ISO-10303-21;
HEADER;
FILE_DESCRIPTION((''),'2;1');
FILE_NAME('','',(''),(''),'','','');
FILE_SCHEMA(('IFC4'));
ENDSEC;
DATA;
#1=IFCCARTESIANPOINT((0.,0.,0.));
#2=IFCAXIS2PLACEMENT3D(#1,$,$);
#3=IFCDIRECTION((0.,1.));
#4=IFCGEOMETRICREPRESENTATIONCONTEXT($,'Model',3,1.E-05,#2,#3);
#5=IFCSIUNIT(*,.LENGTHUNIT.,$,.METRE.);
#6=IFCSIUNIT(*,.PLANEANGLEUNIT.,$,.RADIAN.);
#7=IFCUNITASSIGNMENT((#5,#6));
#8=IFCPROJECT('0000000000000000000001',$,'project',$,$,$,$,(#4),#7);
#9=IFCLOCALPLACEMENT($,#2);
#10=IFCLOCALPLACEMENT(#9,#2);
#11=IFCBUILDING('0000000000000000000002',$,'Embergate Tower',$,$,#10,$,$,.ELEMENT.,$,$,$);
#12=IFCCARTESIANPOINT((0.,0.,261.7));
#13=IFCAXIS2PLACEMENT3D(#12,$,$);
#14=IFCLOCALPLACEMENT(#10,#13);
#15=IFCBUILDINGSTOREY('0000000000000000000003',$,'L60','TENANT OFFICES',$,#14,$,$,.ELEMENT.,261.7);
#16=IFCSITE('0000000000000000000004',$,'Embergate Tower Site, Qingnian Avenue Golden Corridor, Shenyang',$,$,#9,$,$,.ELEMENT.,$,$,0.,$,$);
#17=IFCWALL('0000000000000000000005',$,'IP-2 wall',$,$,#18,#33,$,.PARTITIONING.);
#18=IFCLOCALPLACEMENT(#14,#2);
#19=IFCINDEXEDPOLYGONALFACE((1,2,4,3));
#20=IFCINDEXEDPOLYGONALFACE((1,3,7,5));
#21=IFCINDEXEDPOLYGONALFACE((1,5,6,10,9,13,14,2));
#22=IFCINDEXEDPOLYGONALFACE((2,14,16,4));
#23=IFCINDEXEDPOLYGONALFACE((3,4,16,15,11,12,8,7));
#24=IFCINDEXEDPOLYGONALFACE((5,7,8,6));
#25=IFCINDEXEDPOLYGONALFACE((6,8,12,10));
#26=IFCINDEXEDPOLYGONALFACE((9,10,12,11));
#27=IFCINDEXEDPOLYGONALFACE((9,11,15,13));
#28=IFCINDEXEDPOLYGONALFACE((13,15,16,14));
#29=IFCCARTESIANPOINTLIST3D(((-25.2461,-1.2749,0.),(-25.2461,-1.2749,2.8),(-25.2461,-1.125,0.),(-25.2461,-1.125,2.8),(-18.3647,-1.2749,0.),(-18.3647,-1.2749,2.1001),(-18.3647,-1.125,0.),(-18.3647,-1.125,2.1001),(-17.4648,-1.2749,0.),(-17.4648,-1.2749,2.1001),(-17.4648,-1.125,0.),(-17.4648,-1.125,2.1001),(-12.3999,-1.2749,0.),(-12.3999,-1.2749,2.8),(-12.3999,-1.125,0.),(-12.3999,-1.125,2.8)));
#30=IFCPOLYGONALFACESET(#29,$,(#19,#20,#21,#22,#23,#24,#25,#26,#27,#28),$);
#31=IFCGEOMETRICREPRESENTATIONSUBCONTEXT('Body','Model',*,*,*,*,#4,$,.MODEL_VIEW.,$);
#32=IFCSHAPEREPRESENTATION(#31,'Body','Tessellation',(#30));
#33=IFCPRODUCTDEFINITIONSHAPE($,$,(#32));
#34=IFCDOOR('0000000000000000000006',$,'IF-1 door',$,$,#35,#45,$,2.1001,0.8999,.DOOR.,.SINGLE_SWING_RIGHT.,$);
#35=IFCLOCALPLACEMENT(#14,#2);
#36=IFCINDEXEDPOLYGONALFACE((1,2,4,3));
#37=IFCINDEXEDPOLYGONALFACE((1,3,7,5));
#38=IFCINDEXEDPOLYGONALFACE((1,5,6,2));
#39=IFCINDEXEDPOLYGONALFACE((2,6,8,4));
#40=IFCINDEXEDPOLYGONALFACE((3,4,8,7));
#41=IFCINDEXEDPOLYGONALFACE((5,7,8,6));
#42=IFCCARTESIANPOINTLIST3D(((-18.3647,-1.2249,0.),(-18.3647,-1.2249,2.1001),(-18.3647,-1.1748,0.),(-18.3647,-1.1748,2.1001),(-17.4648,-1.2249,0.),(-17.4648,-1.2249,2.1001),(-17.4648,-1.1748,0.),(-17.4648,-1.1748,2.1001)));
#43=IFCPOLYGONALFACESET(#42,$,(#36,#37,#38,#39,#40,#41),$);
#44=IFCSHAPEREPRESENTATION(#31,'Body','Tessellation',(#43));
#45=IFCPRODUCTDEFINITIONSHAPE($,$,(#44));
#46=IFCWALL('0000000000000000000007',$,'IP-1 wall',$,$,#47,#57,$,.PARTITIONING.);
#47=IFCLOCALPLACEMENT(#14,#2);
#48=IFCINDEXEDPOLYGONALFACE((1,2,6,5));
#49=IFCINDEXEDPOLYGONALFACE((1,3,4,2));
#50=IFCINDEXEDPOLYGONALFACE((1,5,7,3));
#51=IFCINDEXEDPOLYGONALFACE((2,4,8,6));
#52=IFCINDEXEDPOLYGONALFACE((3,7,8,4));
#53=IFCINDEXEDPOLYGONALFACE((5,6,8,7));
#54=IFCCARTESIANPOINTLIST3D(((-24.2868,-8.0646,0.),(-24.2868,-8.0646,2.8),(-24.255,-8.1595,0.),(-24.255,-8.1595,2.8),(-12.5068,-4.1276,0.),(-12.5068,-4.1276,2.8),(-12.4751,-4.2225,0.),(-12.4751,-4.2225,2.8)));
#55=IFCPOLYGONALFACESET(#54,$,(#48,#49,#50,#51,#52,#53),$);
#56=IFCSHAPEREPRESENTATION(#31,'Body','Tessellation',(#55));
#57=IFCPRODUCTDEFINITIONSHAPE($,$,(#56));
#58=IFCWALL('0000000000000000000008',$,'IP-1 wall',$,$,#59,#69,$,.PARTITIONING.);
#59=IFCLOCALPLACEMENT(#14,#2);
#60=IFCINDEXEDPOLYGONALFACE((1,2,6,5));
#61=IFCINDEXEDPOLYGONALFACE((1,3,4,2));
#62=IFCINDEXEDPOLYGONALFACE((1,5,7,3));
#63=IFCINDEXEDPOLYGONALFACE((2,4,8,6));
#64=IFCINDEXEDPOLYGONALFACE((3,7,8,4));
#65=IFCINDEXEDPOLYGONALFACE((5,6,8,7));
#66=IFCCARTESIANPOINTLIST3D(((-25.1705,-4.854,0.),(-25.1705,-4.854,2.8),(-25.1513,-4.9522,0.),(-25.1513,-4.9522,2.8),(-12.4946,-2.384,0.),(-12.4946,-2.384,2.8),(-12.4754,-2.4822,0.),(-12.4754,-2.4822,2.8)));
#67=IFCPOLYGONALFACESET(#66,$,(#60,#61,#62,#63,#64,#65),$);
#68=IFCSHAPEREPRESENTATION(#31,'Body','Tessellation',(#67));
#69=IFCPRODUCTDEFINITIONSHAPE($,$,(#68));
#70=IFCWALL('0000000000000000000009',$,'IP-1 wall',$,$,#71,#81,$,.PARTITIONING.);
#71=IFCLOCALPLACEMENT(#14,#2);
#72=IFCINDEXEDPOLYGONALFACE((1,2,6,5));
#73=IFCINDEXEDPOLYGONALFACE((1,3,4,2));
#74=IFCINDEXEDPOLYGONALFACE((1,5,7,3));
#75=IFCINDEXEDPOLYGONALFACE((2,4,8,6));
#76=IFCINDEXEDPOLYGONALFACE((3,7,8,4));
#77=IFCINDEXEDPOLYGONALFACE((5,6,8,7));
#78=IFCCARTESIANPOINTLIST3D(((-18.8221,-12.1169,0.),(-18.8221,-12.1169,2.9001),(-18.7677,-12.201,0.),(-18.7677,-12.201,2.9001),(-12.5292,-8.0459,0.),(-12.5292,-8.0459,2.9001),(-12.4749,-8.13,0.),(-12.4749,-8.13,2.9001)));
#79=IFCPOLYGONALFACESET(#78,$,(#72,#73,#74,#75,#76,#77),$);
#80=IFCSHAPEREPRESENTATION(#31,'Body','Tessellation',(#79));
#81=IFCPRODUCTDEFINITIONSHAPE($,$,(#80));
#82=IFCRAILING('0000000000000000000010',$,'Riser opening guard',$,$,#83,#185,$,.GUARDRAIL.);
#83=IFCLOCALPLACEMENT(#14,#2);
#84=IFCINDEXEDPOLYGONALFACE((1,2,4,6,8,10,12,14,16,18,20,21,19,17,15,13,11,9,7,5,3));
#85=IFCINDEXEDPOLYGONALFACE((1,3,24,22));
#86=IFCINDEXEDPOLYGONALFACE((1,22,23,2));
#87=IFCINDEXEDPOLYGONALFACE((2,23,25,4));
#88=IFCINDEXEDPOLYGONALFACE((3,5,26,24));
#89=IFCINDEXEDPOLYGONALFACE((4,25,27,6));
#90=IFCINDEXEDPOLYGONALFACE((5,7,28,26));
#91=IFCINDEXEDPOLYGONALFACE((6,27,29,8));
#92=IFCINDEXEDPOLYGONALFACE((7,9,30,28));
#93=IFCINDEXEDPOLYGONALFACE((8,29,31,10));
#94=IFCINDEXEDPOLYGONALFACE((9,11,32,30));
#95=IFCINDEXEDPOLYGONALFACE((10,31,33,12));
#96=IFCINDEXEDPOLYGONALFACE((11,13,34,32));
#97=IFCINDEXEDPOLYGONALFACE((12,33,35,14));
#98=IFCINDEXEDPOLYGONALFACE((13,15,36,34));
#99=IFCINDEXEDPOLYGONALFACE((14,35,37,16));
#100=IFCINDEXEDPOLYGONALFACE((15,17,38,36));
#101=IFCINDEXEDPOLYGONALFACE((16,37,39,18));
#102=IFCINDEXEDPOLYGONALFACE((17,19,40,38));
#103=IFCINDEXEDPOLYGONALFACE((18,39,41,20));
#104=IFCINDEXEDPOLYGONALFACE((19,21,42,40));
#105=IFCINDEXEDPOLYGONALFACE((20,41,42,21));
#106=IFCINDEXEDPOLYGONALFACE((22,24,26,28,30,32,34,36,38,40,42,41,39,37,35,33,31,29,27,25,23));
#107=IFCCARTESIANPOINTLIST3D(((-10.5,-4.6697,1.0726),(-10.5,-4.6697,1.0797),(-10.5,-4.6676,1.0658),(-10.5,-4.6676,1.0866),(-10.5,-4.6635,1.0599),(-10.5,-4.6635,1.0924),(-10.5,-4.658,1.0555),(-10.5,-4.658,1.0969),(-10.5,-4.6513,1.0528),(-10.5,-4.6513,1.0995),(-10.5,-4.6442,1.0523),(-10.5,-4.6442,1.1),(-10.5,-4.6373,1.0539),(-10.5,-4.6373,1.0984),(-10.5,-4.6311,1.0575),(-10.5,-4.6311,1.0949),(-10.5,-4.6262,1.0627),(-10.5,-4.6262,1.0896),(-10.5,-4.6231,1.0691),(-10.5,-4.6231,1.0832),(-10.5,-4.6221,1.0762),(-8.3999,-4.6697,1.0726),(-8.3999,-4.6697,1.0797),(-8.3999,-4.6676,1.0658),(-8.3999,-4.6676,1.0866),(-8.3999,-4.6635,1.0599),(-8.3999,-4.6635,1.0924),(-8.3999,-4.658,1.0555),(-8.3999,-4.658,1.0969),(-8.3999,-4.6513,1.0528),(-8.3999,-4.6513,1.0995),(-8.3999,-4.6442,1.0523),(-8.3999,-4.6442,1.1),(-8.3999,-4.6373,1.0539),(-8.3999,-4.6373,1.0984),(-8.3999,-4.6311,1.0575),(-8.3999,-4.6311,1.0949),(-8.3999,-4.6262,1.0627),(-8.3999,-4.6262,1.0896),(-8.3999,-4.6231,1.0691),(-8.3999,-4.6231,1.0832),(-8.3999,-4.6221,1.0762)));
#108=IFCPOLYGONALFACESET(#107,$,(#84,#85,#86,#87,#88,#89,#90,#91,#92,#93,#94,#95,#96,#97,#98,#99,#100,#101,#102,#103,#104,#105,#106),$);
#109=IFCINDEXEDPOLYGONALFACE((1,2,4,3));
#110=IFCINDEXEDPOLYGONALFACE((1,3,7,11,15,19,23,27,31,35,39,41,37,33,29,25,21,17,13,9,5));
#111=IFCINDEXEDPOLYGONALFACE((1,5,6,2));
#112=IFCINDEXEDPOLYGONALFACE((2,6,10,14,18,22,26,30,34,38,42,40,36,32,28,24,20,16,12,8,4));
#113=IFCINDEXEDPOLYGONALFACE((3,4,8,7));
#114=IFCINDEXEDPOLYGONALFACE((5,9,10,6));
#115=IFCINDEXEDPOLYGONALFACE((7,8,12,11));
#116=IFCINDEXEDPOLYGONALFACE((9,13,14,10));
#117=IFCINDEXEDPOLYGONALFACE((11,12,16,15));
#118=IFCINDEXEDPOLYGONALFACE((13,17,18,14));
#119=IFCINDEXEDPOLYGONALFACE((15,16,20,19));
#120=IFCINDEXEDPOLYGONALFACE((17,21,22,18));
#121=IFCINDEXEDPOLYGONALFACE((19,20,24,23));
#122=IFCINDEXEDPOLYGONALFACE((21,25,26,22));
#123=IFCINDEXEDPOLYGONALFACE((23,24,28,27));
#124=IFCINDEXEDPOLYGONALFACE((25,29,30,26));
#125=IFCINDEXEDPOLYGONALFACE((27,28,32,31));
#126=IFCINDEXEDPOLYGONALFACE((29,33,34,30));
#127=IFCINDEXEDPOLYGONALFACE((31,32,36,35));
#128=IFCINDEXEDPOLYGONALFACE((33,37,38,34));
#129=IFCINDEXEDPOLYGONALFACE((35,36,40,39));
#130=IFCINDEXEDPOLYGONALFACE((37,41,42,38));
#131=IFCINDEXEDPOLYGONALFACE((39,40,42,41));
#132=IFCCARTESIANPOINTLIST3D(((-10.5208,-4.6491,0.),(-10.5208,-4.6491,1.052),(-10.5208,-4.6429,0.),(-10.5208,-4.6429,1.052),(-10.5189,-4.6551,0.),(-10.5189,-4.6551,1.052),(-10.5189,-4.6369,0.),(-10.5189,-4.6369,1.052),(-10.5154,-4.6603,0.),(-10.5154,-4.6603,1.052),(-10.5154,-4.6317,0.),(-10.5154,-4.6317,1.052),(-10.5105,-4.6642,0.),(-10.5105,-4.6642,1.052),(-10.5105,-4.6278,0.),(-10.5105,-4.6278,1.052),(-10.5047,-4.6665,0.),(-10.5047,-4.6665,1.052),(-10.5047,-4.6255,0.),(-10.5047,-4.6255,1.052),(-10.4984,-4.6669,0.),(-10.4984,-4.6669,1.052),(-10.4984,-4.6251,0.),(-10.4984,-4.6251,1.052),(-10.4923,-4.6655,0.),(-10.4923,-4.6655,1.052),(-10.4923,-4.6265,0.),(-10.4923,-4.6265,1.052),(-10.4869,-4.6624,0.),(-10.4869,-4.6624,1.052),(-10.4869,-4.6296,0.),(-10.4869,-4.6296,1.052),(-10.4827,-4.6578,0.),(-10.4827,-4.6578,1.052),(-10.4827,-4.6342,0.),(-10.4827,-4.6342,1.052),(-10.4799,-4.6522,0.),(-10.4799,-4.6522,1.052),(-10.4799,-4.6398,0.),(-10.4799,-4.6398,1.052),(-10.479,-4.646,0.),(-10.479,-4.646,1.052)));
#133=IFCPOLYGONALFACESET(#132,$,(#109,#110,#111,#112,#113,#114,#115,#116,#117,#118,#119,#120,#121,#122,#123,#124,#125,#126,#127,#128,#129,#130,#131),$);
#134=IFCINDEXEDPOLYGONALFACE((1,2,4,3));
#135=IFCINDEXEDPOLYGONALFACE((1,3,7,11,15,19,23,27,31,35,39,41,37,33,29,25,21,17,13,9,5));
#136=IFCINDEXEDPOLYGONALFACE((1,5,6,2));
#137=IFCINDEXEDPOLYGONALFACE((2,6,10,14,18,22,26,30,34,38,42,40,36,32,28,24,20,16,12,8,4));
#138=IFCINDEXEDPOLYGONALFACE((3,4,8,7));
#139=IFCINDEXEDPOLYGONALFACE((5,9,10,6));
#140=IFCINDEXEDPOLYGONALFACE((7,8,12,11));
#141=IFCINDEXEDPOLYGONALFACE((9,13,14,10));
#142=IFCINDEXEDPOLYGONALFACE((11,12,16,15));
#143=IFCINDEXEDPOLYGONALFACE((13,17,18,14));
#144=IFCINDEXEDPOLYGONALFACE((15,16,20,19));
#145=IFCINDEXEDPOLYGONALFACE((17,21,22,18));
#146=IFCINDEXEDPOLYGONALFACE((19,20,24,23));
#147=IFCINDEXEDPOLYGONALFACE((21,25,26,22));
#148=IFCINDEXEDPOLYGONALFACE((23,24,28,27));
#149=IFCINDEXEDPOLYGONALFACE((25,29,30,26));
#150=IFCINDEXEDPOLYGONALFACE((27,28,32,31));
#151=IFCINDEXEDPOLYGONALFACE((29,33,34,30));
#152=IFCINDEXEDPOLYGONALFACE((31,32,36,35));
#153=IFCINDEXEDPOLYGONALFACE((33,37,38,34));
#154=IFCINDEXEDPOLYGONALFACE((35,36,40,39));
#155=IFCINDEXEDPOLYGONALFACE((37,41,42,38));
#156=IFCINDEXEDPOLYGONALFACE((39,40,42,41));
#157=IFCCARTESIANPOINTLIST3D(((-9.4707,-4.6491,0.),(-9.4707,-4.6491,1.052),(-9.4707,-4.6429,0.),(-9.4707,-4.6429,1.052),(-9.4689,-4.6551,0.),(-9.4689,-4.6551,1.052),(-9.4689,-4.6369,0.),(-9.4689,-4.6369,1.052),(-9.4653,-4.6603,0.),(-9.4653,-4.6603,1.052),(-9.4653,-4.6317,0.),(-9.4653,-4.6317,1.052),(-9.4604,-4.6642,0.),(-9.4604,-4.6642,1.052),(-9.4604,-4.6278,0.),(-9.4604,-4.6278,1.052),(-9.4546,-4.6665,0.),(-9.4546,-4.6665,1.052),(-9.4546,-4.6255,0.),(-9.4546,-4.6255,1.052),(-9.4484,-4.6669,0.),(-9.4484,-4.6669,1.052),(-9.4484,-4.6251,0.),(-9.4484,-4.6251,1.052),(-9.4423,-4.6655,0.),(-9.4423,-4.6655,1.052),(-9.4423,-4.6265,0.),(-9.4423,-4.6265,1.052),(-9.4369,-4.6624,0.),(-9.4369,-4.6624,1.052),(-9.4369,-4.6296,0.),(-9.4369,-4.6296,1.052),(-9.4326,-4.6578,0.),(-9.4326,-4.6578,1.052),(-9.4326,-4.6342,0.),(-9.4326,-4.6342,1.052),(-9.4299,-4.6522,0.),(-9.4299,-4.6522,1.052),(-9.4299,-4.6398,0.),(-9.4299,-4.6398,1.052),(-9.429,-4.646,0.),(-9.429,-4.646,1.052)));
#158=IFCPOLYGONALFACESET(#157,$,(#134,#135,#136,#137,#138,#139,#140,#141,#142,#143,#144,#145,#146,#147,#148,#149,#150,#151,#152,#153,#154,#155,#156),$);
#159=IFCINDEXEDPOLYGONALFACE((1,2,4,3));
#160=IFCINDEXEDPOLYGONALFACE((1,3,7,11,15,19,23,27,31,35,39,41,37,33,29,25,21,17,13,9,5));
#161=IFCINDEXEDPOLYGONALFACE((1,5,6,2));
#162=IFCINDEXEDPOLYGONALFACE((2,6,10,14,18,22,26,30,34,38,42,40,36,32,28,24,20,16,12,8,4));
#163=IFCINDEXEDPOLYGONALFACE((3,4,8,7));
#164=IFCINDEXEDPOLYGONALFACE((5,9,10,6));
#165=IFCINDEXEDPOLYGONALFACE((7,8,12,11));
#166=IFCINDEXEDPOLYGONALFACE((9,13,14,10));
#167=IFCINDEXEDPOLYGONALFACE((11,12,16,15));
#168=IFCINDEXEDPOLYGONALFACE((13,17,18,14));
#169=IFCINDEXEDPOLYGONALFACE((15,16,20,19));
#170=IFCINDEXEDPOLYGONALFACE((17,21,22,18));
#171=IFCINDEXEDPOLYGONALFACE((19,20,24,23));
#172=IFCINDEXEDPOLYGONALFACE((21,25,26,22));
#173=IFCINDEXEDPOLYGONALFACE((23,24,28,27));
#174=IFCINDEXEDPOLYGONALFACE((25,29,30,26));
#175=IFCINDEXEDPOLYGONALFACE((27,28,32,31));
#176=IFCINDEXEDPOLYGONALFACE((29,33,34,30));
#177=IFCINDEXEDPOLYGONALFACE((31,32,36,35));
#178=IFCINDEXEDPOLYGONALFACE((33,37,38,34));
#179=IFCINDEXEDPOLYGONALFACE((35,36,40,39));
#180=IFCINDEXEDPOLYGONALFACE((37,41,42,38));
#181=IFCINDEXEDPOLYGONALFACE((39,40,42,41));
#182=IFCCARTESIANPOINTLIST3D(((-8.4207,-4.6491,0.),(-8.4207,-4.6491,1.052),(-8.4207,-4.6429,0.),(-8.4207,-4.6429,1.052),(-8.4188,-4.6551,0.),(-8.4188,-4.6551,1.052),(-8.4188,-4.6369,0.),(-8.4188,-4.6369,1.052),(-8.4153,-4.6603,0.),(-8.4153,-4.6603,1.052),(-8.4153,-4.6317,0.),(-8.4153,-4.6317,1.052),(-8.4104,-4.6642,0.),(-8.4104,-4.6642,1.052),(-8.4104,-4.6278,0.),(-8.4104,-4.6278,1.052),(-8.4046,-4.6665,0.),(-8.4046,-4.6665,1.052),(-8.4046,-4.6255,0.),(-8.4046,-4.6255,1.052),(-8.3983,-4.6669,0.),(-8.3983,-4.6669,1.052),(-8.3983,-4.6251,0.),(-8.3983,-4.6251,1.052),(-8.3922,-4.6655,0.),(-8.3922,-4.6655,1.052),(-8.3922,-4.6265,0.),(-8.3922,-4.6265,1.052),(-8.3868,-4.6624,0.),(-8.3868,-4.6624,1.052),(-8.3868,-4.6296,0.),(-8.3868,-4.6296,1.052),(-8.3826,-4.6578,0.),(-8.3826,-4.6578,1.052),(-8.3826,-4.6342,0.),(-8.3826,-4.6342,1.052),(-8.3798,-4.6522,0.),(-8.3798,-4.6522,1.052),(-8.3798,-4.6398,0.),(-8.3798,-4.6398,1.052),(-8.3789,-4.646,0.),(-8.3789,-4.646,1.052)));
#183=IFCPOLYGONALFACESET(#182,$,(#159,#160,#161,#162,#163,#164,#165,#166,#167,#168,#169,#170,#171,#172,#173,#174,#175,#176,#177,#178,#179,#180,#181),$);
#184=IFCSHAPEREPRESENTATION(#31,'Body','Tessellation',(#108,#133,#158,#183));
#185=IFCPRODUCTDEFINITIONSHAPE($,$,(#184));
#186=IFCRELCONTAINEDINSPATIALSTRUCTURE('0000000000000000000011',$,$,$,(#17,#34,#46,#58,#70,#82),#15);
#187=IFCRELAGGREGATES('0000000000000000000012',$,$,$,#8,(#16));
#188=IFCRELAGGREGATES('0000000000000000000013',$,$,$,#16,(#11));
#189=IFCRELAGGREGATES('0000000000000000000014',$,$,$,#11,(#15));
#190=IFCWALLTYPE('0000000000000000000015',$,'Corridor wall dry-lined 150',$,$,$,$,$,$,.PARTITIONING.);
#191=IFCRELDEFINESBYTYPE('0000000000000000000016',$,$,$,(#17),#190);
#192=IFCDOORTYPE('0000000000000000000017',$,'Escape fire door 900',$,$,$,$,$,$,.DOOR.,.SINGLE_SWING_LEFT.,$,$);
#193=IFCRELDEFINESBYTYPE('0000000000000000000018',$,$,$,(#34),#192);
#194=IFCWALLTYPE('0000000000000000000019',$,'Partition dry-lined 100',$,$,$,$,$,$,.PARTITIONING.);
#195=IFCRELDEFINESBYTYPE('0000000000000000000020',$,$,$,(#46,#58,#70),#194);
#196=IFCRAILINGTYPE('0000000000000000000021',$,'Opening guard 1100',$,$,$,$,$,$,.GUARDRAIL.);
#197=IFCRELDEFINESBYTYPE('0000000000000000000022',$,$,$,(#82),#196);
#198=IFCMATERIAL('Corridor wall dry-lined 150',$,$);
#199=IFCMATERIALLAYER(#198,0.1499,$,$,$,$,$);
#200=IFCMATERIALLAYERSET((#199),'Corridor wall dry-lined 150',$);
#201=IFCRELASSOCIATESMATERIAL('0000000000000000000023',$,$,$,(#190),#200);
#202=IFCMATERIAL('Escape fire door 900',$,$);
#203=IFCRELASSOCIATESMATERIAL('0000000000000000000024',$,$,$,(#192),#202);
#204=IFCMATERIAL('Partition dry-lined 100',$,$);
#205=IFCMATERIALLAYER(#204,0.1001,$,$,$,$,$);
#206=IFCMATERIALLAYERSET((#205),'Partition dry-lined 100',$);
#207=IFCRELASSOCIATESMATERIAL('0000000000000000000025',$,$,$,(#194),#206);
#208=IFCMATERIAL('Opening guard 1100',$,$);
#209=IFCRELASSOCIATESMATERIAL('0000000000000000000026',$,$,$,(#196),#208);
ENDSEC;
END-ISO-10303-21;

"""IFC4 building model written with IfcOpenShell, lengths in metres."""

from ifc_helpers import new_model, si_unit, direction, frame, frame_2d, origin, origin_2d, place, context, subcontext, project, spatial, rectangle, circle, extrude, source, transform, mapped, material, layer, layer_set, type_object, element, fill, save


model = new_model("IFC4")

# Units and contexts
model_context = context("Model", 3, precision=1e-05, world=origin(), true_north=direction((0.0, 1.0)))
body_context = subcontext(model_context, "Body", "Model", "MODEL_VIEW")
ifc_project = project(units=[si_unit("LENGTHUNIT", "METRE"), si_unit("PLANEANGLEUNIT", "RADIAN")], contexts=[model_context])

# Site, building, storey
site_placement = place(None, origin())
site = spatial("IfcSite", under=ifc_project, at=site_placement, Name="Embergate Tower Site, Qingnian Avenue Golden Corridor, Shenyang", CompositionType="ELEMENT", RefElevation=0.0)
building_placement = place(site_placement, origin())
building = spatial("IfcBuilding", under=site, at=building_placement, Name="Embergate Tower", CompositionType="ELEMENT")
storey_placement = place(building_placement, frame((0.0, 0.0, 261.7)))
storey = spatial("IfcBuildingStorey", under=building, at=storey_placement, Name="L60", Description="TENANT OFFICES", CompositionType="ELEMENT", Elevation=261.7)

# Shared definitions
ifc_material_1 = material(Name="Corridor wall dry-lined 150")
ifc_layer_1 = layer(ifc_material_1, 0.1499)
ifc_layer_set_1 = layer_set([ifc_layer_1], Name="Corridor wall dry-lined 150")
wall_type_1 = type_object("IfcWallType", Name="Corridor wall dry-lined 150", PredefinedType="PARTITIONING", material=ifc_layer_set_1)

# Wall, opening, door
shared_shape_1 = source(origin(), body_context, "Body", "SweptSolid", [
    extrude(rectangle(XDim=12.8462, YDim=0.1499, at=frame_2d((6.4231, 0.0))), origin(), (0.0, 0.0, 1.0), 2.8),
])
wall_1_placement = place(storey_placement, frame((-12.3999, -1.2, 0.0), z_axis=(0.0, 0.0, 1.0), x_axis=(-1.0, 0.0, 0.0)))
wall_1 = element("IfcWall", 1, at=wall_1_placement, inside=storey, type_object=wall_type_1, Name="IP-2 wall", PredefinedType="PARTITIONING", context=body_context, shape_type="MappedRepresentation", body=[
    mapped(shared_shape_1, transform((0.0, 0.0, 0.0))),
])
shared_shape_2 = source(origin(), body_context, "Body", "SweptSolid", [
    extrude(rectangle(XDim=0.8999, YDim=2.1001, at=frame_2d((0.45, 1.05))), frame((0.0, 0.085, 0.0), z_axis=(0.0, -1.0, 0.0), x_axis=(1.0, 0.0, 0.0)), (0.0, 0.0, 1.0), 0.1699),
])
opening_1_placement = place(wall_1_placement, frame((5.0649, 0.0, 0.0)))
opening_1 = element("IfcOpeningElement", 2, at=opening_1_placement, cuts=wall_1, PredefinedType="OPENING", context=body_context, shape_type="MappedRepresentation", body=[
    mapped(shared_shape_2, transform((0.0, 0.0, 0.0))),
])
ifc_material_2 = material(Name="Escape fire door 900")
door_type_1 = type_object("IfcDoorType", Name="Escape fire door 900", OperationType="SINGLE_SWING_LEFT", PredefinedType="DOOR", material=ifc_material_2)
shared_shape_3 = source(origin(), body_context, "Body", "SweptSolid", [
    extrude(rectangle(XDim=0.8999, YDim=2.1001, at=frame_2d((0.45, 1.05))), frame((0.0, 0.0249, 0.0), z_axis=(0.0, -1.0, 0.0), x_axis=(1.0, 0.0, 0.0)), (0.0, 0.0, 1.0), 0.05),
])
door_1_placement = place(opening_1_placement, origin())
door_1 = element("IfcDoor", 3, at=door_1_placement, inside=storey, type_object=door_type_1, Name="IF-1 door", OperationType="SINGLE_SWING_RIGHT", OverallHeight=2.1001, OverallWidth=0.8999, PredefinedType="DOOR", context=body_context, shape_type="MappedRepresentation", body=[
    mapped(shared_shape_3, transform((0.0, 0.0, 0.0))),
])
fill(opening_1, door_1)

# Walls
ifc_material_3 = material(Name="Partition dry-lined 100")
ifc_layer_2 = layer(ifc_material_3, 0.1001)
ifc_layer_set_2 = layer_set([ifc_layer_2], Name="Partition dry-lined 100")
wall_type_2 = type_object("IfcWallType", Name="Partition dry-lined 100", PredefinedType="PARTITIONING", material=ifc_layer_set_2)
shared_shape_4 = source(origin(), body_context, "Body", "SweptSolid", [
    extrude(rectangle(XDim=12.4204, YDim=0.1001, at=frame_2d((6.2102, 0.0))), origin(), (0.0, 0.0, 1.0), 2.8),
])
wall_2_placement = place(storey_placement, frame((-12.491, -4.175, 0.0), z_axis=(0.0, 0.0, 1.0), x_axis=(-0.948433, -0.316977, 0.0)))
element("IfcWall", 4, at=wall_2_placement, inside=storey, type_object=wall_type_2, Name="IP-1 wall", PredefinedType="PARTITIONING", context=body_context, shape_type="MappedRepresentation", body=[
    mapped(shared_shape_4, transform((0.0, 0.0, 0.0))),
])
shared_shape_5 = source(origin(), body_context, "Body", "SweptSolid", [
    extrude(rectangle(XDim=12.9143, YDim=0.1001, at=frame_2d((6.457, 0.0))), origin(), (0.0, 0.0, 1.0), 2.8),
])
wall_3_placement = place(storey_placement, frame((-12.4851, -2.4331, 0.0), z_axis=(0.0, 0.0, 1.0), x_axis=(-0.981539, -0.19126, 0.0)))
element("IfcWall", 5, at=wall_3_placement, inside=storey, type_object=wall_type_2, Name="IP-1 wall", PredefinedType="PARTITIONING", context=body_context, shape_type="MappedRepresentation", body=[
    mapped(shared_shape_5, transform((0.0, 0.0, 0.0))),
])
shared_shape_6 = source(origin(), body_context, "Body", "SweptSolid", [
    extrude(rectangle(XDim=7.4949, YDim=0.1001, at=frame_2d((3.7476, 0.0))), origin(), (0.0, 0.0, 1.0), 2.9001),
])
wall_4_placement = place(storey_placement, frame((-12.502, -8.0879, 0.0), z_axis=(0.0, 0.0, 1.0), x_axis=(-0.839623, -0.543169, 0.0)))
element("IfcWall", 6, at=wall_4_placement, inside=storey, type_object=wall_type_2, Name="IP-1 wall", PredefinedType="PARTITIONING", context=body_context, shape_type="MappedRepresentation", body=[
    mapped(shared_shape_6, transform((0.0, 0.0, 0.0))),
])

# Railing
ifc_material_4 = material(Name="Opening guard 1100")
railing_type = type_object("IfcRailingType", Name="Opening guard 1100", PredefinedType="GUARDRAIL", material=ifc_material_4)
shared_shape_7 = source(origin(), body_context, "Body", "SweptSolid", [
    extrude(circle(Radius=0.0239, at=origin_2d()), frame((0.0, 0.0, 1.0762), z_axis=(1.0, 0.0, 0.0), x_axis=(0.0, 1.0, 0.0)), (0.0, 0.0, 1.0), 2.1001),
    extrude(circle(Radius=0.021, at=origin_2d()), origin(), (0.0, 0.0, 1.0), 1.052),
    extrude(circle(Radius=0.021, at=origin_2d()), frame((1.05, 0.0, 0.0)), (0.0, 0.0, 1.0), 1.052),
    extrude(circle(Radius=0.021, at=origin_2d()), frame((2.1001, 0.0, 0.0)), (0.0, 0.0, 1.0), 1.052),
])
railing_placement = place(storey_placement, frame((-10.5, -4.646, 0.0)))
element("IfcRailing", 7, at=railing_placement, inside=storey, type_object=railing_type, Name="Riser opening guard", PredefinedType="GUARDRAIL", context=body_context, shape_type="MappedRepresentation", body=[
    mapped(shared_shape_7, transform((0.0, 0.0, 0.0))),
])

save(model, "model.ifc")
